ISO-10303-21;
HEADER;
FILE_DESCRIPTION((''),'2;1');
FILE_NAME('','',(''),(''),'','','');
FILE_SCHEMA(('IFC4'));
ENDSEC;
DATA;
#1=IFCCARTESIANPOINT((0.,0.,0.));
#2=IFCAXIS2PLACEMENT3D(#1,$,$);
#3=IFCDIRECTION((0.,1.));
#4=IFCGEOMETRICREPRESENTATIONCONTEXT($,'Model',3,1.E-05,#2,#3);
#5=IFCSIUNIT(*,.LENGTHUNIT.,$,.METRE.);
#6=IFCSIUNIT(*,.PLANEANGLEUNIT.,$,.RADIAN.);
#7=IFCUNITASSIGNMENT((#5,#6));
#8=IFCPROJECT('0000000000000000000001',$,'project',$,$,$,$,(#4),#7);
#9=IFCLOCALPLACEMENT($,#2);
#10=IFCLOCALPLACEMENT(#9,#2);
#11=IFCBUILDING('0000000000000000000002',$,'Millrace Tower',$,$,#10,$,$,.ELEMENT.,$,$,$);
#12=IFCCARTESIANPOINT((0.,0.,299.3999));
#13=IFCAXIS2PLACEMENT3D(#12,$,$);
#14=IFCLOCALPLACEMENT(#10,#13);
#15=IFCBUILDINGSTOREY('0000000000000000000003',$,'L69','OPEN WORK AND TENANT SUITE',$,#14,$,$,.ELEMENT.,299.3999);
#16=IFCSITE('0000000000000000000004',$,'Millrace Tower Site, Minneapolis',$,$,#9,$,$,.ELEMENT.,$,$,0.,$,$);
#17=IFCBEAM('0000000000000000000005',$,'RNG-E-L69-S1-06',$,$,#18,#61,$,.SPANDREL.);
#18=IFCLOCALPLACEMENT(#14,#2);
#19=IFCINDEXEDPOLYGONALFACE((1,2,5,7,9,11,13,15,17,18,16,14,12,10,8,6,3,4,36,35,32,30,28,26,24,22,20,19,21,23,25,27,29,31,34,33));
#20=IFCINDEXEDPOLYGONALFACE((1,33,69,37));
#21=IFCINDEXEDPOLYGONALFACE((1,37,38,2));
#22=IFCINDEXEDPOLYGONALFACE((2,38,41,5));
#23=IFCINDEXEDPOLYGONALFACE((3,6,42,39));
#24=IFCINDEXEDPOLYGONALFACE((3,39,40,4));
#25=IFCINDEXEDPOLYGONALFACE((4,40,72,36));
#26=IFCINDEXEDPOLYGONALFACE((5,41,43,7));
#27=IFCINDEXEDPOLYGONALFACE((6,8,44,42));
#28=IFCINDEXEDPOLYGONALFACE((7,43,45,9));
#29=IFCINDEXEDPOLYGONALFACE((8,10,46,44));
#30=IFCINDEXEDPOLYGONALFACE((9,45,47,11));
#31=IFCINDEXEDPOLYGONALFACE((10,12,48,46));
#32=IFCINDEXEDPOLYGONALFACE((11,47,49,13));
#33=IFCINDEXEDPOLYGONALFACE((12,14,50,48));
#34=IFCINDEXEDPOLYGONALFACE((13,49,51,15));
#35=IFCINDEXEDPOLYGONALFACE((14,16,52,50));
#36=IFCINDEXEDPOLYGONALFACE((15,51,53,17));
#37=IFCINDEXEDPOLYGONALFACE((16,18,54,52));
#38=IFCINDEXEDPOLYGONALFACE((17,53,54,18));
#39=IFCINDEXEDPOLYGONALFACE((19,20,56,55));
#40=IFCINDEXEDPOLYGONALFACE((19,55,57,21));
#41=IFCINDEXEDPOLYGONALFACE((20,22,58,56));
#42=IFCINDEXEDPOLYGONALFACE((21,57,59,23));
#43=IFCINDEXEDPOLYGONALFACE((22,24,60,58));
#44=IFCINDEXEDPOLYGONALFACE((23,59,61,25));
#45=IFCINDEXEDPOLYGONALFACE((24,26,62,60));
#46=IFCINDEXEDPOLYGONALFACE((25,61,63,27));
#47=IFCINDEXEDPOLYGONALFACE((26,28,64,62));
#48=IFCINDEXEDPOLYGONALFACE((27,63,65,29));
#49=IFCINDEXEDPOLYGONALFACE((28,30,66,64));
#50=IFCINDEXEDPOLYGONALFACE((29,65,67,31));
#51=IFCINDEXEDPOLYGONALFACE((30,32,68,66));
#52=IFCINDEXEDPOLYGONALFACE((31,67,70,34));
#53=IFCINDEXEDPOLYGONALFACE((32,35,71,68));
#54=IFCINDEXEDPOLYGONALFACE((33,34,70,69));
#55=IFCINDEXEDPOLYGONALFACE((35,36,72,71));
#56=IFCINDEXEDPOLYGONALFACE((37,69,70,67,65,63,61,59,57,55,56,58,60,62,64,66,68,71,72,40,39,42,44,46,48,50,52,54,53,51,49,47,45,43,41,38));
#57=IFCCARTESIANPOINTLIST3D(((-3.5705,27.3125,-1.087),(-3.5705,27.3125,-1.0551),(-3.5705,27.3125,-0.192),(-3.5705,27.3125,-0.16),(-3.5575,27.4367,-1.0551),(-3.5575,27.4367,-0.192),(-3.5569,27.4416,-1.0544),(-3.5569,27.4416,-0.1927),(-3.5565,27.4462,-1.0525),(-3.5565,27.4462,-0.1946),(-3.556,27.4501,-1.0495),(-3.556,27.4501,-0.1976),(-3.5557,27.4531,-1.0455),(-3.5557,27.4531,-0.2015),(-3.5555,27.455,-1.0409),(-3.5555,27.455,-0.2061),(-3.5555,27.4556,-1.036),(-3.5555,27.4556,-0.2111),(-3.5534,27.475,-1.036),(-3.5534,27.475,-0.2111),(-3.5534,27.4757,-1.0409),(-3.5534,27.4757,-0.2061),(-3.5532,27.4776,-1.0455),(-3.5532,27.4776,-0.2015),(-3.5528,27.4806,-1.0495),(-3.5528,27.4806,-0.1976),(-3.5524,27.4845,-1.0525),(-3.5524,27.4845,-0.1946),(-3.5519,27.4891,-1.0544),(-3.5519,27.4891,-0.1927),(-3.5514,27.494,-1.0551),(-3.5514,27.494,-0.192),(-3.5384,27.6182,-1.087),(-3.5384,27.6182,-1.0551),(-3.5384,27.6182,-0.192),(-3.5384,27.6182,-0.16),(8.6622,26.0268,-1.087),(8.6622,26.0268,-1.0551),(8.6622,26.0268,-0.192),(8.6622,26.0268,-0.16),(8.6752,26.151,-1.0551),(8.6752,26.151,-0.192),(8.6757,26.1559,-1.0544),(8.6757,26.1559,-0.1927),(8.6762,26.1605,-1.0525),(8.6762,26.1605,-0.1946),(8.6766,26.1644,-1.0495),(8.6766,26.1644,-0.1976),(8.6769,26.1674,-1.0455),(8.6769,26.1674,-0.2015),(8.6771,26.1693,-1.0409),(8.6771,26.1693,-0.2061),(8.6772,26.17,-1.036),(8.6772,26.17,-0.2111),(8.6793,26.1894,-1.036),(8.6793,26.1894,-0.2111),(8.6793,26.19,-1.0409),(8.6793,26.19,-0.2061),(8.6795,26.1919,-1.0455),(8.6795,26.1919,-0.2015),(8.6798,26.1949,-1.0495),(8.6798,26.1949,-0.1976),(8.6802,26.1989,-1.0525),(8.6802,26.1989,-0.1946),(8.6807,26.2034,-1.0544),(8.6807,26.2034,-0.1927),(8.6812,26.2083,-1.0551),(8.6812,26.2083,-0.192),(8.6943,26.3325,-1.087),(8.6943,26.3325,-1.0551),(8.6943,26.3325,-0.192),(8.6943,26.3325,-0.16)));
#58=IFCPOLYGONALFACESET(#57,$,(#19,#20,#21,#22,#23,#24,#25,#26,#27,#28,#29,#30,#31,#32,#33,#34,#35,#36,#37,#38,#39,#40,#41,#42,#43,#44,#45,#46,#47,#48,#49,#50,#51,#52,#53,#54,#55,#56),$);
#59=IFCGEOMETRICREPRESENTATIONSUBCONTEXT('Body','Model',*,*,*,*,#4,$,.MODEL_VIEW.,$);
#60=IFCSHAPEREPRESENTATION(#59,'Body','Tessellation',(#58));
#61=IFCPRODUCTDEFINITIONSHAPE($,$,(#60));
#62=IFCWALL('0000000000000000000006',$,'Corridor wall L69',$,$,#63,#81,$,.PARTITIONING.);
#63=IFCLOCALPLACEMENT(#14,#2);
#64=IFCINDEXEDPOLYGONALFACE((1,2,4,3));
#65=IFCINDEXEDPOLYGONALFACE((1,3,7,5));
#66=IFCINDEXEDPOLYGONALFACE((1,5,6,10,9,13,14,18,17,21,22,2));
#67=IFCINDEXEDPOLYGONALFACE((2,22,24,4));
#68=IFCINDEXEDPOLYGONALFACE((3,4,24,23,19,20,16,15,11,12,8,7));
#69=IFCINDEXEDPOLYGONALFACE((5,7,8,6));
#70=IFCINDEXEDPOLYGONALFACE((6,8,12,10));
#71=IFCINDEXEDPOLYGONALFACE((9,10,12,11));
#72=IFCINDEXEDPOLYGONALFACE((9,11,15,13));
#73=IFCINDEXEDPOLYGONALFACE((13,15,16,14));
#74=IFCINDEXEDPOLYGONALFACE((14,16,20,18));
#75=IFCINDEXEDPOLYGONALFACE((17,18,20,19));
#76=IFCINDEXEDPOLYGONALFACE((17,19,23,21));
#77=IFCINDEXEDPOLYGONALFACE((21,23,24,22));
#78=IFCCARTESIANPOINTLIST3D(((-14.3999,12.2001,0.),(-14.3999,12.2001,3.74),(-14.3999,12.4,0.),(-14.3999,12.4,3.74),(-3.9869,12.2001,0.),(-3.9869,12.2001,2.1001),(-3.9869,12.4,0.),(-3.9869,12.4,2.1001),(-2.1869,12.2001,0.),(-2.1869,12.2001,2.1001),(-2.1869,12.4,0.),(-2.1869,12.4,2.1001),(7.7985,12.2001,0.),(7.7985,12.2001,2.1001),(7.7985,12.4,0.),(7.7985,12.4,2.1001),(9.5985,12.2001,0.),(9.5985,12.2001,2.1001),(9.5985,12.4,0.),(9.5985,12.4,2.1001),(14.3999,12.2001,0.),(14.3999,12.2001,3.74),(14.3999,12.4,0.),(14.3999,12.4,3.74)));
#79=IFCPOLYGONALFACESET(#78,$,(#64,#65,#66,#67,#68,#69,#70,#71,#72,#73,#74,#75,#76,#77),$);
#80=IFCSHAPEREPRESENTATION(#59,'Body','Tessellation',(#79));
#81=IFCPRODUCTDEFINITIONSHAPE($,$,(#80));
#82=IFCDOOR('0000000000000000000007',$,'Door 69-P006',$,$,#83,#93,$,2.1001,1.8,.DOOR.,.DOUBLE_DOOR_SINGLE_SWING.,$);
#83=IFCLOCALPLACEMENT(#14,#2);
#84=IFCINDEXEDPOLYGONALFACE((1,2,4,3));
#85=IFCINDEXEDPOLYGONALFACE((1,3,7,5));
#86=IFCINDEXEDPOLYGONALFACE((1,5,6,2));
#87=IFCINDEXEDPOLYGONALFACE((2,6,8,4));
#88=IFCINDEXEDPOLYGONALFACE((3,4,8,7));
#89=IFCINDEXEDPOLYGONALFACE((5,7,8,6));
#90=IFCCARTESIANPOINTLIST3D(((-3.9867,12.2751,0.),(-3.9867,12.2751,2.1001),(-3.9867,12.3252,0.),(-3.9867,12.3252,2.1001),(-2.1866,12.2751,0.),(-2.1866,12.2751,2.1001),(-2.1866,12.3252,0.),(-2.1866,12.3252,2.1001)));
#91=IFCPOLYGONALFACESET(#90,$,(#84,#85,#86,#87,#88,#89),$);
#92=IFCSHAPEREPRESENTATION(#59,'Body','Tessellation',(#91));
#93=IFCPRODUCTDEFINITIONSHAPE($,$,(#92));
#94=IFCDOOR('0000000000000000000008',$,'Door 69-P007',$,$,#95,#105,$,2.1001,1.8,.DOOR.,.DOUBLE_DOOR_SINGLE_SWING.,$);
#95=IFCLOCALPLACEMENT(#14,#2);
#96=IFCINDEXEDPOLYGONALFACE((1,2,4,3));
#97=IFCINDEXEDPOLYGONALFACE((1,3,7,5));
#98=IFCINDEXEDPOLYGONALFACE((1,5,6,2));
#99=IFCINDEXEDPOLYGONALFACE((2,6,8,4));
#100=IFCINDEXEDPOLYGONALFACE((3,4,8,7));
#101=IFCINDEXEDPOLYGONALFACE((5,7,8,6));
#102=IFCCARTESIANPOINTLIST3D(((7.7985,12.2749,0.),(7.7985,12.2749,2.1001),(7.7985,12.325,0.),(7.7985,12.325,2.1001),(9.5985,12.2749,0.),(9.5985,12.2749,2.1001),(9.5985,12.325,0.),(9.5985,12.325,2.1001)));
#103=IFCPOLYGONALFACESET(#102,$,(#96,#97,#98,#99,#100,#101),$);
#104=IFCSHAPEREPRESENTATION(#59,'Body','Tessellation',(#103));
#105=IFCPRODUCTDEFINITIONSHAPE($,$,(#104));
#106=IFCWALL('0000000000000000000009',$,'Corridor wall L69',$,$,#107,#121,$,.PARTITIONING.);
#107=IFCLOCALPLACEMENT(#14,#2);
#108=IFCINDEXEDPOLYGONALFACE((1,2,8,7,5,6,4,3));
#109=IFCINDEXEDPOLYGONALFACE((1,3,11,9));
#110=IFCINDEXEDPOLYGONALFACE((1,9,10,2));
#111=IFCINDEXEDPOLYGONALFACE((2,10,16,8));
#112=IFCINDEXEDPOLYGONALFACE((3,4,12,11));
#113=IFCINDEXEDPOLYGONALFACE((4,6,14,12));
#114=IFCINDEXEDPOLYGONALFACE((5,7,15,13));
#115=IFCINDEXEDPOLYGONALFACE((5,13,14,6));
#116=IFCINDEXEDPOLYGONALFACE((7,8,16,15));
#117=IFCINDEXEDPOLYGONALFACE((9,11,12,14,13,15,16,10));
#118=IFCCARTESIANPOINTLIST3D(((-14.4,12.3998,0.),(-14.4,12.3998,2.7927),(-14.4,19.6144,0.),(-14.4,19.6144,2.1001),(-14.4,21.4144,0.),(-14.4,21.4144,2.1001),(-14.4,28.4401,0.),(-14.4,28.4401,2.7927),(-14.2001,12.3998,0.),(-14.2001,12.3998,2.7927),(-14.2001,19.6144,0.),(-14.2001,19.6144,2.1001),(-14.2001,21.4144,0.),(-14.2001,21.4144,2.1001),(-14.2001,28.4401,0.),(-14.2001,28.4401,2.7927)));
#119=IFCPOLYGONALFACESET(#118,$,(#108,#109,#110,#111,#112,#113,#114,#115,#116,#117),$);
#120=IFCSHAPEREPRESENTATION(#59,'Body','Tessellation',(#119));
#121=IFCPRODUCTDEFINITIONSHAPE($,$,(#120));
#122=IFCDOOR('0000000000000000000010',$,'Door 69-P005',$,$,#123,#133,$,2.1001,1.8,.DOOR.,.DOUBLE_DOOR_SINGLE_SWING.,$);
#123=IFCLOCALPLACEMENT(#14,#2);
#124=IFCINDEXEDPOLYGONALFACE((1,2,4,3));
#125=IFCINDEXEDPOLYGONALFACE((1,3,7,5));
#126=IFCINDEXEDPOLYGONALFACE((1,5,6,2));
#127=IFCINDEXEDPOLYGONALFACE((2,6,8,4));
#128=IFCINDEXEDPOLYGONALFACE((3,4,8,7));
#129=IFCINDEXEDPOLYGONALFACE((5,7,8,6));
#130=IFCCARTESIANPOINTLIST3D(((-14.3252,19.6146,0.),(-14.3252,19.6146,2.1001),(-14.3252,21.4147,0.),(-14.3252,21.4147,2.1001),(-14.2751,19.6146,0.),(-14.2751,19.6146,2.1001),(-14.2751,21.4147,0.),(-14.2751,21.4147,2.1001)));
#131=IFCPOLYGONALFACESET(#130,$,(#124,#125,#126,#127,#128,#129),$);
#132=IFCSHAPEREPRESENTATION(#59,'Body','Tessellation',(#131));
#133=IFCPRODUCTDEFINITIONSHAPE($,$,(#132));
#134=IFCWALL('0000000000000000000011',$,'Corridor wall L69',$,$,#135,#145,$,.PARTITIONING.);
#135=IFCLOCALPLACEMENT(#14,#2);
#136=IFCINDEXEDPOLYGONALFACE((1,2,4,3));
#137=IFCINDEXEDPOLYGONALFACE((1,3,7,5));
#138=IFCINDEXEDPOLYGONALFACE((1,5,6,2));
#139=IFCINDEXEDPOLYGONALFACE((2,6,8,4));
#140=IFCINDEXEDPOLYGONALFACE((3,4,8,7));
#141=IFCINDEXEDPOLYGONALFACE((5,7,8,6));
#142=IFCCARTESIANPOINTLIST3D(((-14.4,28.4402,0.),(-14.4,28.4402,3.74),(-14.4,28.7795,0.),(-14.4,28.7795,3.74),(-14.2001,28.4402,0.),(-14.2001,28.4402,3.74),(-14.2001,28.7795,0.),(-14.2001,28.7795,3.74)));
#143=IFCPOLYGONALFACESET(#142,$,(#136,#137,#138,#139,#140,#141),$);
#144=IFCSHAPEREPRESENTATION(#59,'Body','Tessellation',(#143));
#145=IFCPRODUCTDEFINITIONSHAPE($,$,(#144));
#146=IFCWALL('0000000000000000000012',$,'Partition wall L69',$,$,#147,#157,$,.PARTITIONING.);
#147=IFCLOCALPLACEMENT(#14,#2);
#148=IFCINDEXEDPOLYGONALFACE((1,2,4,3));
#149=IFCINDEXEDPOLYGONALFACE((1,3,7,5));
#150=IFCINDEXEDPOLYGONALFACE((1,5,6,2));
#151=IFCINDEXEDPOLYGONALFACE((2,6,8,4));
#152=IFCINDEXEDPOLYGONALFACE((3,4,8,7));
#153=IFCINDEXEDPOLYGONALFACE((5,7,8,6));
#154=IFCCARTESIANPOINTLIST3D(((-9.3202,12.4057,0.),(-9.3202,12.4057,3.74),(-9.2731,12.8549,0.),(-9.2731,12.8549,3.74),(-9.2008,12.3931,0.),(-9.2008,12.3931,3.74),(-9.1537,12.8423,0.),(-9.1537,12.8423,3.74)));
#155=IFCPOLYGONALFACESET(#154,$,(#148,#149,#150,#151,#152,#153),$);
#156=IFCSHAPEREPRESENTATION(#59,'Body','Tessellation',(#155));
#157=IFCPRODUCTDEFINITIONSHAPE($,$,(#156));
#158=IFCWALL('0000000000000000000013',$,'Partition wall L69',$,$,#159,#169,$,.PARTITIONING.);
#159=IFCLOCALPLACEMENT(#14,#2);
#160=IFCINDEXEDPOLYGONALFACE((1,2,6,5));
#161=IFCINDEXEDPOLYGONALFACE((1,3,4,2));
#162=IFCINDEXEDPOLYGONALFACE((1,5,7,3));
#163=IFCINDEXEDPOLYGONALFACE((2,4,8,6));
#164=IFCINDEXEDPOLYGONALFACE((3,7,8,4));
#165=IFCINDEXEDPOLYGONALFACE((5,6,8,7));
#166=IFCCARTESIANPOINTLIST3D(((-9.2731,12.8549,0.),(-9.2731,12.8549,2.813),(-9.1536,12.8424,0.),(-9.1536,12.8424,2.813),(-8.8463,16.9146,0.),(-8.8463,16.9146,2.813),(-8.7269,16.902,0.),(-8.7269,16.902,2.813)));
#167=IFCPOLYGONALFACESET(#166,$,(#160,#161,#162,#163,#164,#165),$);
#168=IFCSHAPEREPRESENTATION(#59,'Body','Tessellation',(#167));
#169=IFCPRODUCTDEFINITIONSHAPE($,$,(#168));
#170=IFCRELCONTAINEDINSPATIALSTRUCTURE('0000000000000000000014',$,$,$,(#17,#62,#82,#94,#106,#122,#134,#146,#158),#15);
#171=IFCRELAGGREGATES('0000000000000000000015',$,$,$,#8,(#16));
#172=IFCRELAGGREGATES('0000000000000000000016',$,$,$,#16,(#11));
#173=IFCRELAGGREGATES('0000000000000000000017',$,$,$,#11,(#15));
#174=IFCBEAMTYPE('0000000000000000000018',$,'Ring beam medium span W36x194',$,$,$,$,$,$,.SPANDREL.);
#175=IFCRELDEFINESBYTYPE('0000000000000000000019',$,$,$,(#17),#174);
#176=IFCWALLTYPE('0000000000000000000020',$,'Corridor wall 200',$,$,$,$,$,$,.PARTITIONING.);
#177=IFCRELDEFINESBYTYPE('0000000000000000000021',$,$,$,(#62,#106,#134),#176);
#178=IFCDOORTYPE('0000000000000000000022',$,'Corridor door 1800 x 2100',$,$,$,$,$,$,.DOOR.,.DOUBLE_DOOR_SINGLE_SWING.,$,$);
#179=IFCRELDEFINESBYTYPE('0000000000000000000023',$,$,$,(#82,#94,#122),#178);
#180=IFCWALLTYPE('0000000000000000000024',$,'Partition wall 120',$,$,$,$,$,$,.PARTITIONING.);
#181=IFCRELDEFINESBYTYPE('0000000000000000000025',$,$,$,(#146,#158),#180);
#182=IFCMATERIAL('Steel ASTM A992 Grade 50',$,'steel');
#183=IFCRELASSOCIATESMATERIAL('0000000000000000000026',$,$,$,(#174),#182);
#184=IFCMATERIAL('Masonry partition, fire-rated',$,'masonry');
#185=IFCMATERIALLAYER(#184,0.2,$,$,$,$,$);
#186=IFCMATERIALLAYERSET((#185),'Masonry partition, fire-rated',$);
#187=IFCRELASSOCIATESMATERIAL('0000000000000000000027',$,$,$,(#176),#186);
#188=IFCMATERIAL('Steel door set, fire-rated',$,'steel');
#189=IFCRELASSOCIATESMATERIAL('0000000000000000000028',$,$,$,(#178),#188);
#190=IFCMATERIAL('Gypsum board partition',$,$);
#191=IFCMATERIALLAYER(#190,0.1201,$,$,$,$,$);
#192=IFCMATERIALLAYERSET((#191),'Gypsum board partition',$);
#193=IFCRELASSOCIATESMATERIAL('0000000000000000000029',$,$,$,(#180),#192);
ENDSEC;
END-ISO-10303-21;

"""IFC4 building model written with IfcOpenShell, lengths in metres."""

from ifc_helpers import new_model, si_unit, direction, frame, frame_2d, origin, origin_2d, place, context, subcontext, project, spatial, rectangle, i_section, extrude, material, layer, layer_set, material_profile, profile_set, type_object, element, fill, save


model = new_model("IFC4")

# Units and contexts
model_context = context("Model", 3, precision=1e-05, world=origin(), true_north=direction((0.0, 1.0)))
body_context = subcontext(model_context, "Body", "Model", "MODEL_VIEW")
ifc_project = project(units=[si_unit("LENGTHUNIT", "METRE"), si_unit("PLANEANGLEUNIT", "RADIAN")], contexts=[model_context])

# Site, building, storey
site_placement = place(None, origin())
site = spatial("IfcSite", under=ifc_project, at=site_placement, Name="Millrace Tower Site, Minneapolis", CompositionType="ELEMENT", RefElevation=0.0)
building_placement = place(site_placement, origin())
building = spatial("IfcBuilding", under=site, at=building_placement, Name="Millrace Tower", CompositionType="ELEMENT")
storey_placement = place(building_placement, frame((0.0, 0.0, 299.3999)))
storey = spatial("IfcBuildingStorey", under=building, at=storey_placement, Name="L69", Description="OPEN WORK AND TENANT SUITE", CompositionType="ELEMENT", Elevation=299.3999)

# Beam
ifc_material_1 = material(Name="Steel ASTM A992 Grade 50", Category="steel")
ifc_material_profile_1 = material_profile(ifc_material_1, i_section(OverallWidth=0.3074, OverallDepth=0.927, WebThickness=0.0195, FlangeThickness=0.032, FilletRadius=0.019, at=origin_2d()))
ifc_profile_set_1 = profile_set([ifc_material_profile_1], Name="Steel ASTM A992 Grade 50")
beam_type_1 = type_object("IfcBeamType", Name="Ring beam medium span W36x194", PredefinedType="SPANDREL", material=ifc_profile_set_1)
beam_1_placement = place(storey_placement, frame((-3.5544, 27.4653, -0.6235), z_axis=(0.994522, -0.104524, 0.0), x_axis=(0.104524, 0.994522, 0.0)))
element("IfcBeam", 1, at=beam_1_placement, inside=storey, type_object=beam_type_1, Name="RNG-E-L69-S1-06", PredefinedType="SPANDREL", context=body_context, shape_type="SweptSolid", body=[
    extrude(i_section(OverallWidth=0.3074, OverallDepth=0.927, WebThickness=0.0195, FlangeThickness=0.032, FilletRadius=0.019, at=origin_2d()), origin(), (0.0, 0.0, 1.0), 12.3),
])

# Wall, openings, doors
ifc_material_2 = material(Name="Masonry partition, fire-rated", Category="masonry")
ifc_layer_1 = layer(ifc_material_2, 0.2)
ifc_layer_set_1 = layer_set([ifc_layer_1], Name="Masonry partition, fire-rated")
wall_type_1 = type_object("IfcWallType", Name="Corridor wall 200", PredefinedType="PARTITIONING", material=ifc_layer_set_1)
wall_1_placement = place(storey_placement, frame((-14.3999, 12.3, 0.0), z_axis=(0.0, 0.0, 1.0), x_axis=(1.0, 0.0, 0.0)))
wall_1 = element("IfcWall", 2, at=wall_1_placement, inside=storey, type_object=wall_type_1, Name="Corridor wall L69", PredefinedType="PARTITIONING", context=body_context, shape_type="SweptSolid", body=[
    extrude(rectangle(XDim=28.7998, YDim=0.2, at=frame_2d((14.3999, 0.0))), origin(), (0.0, 0.0, 1.0), 3.74),
])
opening_1_placement = place(wall_1_placement, frame((10.4131, 0.0, 0.0)))
opening_1 = element("IfcOpeningElement", 3, at=opening_1_placement, cuts=wall_1, PredefinedType="OPENING", context=body_context, shape_type="SweptSolid", body=[
    extrude(rectangle(XDim=1.8, YDim=2.1001, at=frame_2d((0.8999, 1.05))), frame((0.0, 0.1099, 0.0), z_axis=(0.0, -1.0, 0.0), x_axis=(1.0, 0.0, 0.0)), (0.0, 0.0, 1.0), 0.22),
])
opening_2_placement = place(wall_1_placement, frame((22.1985, 0.0, 0.0)))
opening_2 = element("IfcOpeningElement", 4, at=opening_2_placement, cuts=wall_1, PredefinedType="OPENING", context=body_context, shape_type="SweptSolid", body=[
    extrude(rectangle(XDim=1.8, YDim=2.1001, at=frame_2d((0.8999, 1.05))), frame((0.0, 0.1099, 0.0), z_axis=(0.0, -1.0, 0.0), x_axis=(1.0, 0.0, 0.0)), (0.0, 0.0, 1.0), 0.22),
])
ifc_material_3 = material(Name="Steel door set, fire-rated", Category="steel")
door_type = type_object("IfcDoorType", Name="Corridor door 1800 x 2100", OperationType="DOUBLE_DOOR_SINGLE_SWING", PredefinedType="DOOR", material=ifc_material_3)
door_1_placement = place(opening_1_placement, frame((1.8, 0.0, 0.0), z_axis=(0.0, 0.0, 1.0), x_axis=(-1.0, 0.0, 0.0)))
door_1 = element("IfcDoor", 5, at=door_1_placement, inside=storey, type_object=door_type, Name="Door 69-P006", OperationType="DOUBLE_DOOR_SINGLE_SWING", OverallHeight=2.1001, OverallWidth=1.8, PredefinedType="DOOR", context=body_context, shape_type="SweptSolid", body=[
    extrude(rectangle(XDim=1.8, YDim=2.1001, at=frame_2d((0.8999, 1.05))), frame((0.0, 0.0249, 0.0), z_axis=(0.0, -1.0, 0.0), x_axis=(1.0, 0.0, 0.0)), (0.0, 0.0, 1.0), 0.05),
])
fill(opening_1, door_1)
door_2_placement = place(opening_2_placement, origin())
door_2 = element("IfcDoor", 6, at=door_2_placement, inside=storey, type_object=door_type, Name="Door 69-P007", OperationType="DOUBLE_DOOR_SINGLE_SWING", OverallHeight=2.1001, OverallWidth=1.8, PredefinedType="DOOR", context=body_context, shape_type="SweptSolid", body=[
    extrude(rectangle(XDim=1.8, YDim=2.1001, at=frame_2d((0.8999, 1.05))), frame((0.0, 0.0249, 0.0), z_axis=(0.0, -1.0, 0.0), x_axis=(1.0, 0.0, 0.0)), (0.0, 0.0, 1.0), 0.05),
])
fill(opening_2, door_2)

# Wall, opening, door
wall_2_placement = place(storey_placement, frame((-14.3, 12.3999, 0.0), z_axis=(0.0, 0.0, 1.0), x_axis=(0.0, 1.0, 0.0)))
wall_2 = element("IfcWall", 7, at=wall_2_placement, inside=storey, type_object=wall_type_1, Name="Corridor wall L69", PredefinedType="PARTITIONING", context=body_context, shape_type="SweptSolid", body=[
    extrude(rectangle(XDim=16.0403, YDim=0.2, at=frame_2d((8.02, 0.0))), origin(), (0.0, 0.0, 1.0), 2.7927),
])
opening_3_placement = place(wall_2_placement, frame((7.2146, 0.0, 0.0)))
opening_3 = element("IfcOpeningElement", 8, at=opening_3_placement, cuts=wall_2, PredefinedType="OPENING", context=body_context, shape_type="SweptSolid", body=[
    extrude(rectangle(XDim=1.8, YDim=2.1001, at=frame_2d((0.8999, 1.05))), frame((0.0, 0.1099, 0.0), z_axis=(0.0, -1.0, 0.0), x_axis=(1.0, 0.0, 0.0)), (0.0, 0.0, 1.0), 0.22),
])
door_3_placement = place(opening_3_placement, frame((1.8, 0.0, 0.0), z_axis=(0.0, 0.0, 1.0), x_axis=(-1.0, 0.0, 0.0)))
door_3 = element("IfcDoor", 9, at=door_3_placement, inside=storey, type_object=door_type, Name="Door 69-P005", OperationType="DOUBLE_DOOR_SINGLE_SWING", OverallHeight=2.1001, OverallWidth=1.8, PredefinedType="DOOR", context=body_context, shape_type="SweptSolid", body=[
    extrude(rectangle(XDim=1.8, YDim=2.1001, at=frame_2d((0.8999, 1.05))), frame((0.0, 0.0249, 0.0), z_axis=(0.0, -1.0, 0.0), x_axis=(1.0, 0.0, 0.0)), (0.0, 0.0, 1.0), 0.05),
])
fill(opening_3, door_3)

# Walls
wall_3_placement = place(storey_placement, frame((-14.3, 28.4402, 0.0), z_axis=(0.0, 0.0, 1.0), x_axis=(0.0, 1.0, 0.0)))
element("IfcWall", 10, at=wall_3_placement, inside=storey, type_object=wall_type_1, Name="Corridor wall L69", PredefinedType="PARTITIONING", context=body_context, shape_type="SweptSolid", body=[
    extrude(rectangle(XDim=0.3394, YDim=0.2, at=frame_2d((0.1697, 0.0))), origin(), (0.0, 0.0, 1.0), 3.74),
])
ifc_material_4 = material(Name="Gypsum board partition")
ifc_layer_2 = layer(ifc_material_4, 0.1201)
ifc_layer_set_2 = layer_set([ifc_layer_2], Name="Gypsum board partition")
wall_type_2 = type_object("IfcWallType", Name="Partition wall 120", PredefinedType="PARTITIONING", material=ifc_layer_set_2)
wall_4_placement = place(storey_placement, frame((-9.2605, 12.3994, 0.0), z_axis=(0.0, 0.0, 1.0), x_axis=(0.104319, 0.994544, 0.0)))
element("IfcWall", 11, at=wall_4_placement, inside=storey, type_object=wall_type_2, Name="Partition wall L69", PredefinedType="PARTITIONING", context=body_context, shape_type="SweptSolid", body=[
    extrude(rectangle(XDim=0.4517, YDim=0.1201, at=frame_2d((0.2258, 0.0))), origin(), (0.0, 0.0, 1.0), 3.74),
])
wall_5_placement = place(storey_placement, frame((-9.2134, 12.8486, 0.0), z_axis=(0.0, 0.0, 1.0), x_axis=(0.104548, 0.99452, 0.0)))
element("IfcWall", 12, at=wall_5_placement, inside=storey, type_object=wall_type_2, Name="Partition wall L69", PredefinedType="PARTITIONING", context=body_context, shape_type="SweptSolid", body=[
    extrude(rectangle(XDim=4.082, YDim=0.1201, at=frame_2d((2.041, 0.0))), origin(), (0.0, 0.0, 1.0), 2.813),
])

save(model, "model.ifc")
